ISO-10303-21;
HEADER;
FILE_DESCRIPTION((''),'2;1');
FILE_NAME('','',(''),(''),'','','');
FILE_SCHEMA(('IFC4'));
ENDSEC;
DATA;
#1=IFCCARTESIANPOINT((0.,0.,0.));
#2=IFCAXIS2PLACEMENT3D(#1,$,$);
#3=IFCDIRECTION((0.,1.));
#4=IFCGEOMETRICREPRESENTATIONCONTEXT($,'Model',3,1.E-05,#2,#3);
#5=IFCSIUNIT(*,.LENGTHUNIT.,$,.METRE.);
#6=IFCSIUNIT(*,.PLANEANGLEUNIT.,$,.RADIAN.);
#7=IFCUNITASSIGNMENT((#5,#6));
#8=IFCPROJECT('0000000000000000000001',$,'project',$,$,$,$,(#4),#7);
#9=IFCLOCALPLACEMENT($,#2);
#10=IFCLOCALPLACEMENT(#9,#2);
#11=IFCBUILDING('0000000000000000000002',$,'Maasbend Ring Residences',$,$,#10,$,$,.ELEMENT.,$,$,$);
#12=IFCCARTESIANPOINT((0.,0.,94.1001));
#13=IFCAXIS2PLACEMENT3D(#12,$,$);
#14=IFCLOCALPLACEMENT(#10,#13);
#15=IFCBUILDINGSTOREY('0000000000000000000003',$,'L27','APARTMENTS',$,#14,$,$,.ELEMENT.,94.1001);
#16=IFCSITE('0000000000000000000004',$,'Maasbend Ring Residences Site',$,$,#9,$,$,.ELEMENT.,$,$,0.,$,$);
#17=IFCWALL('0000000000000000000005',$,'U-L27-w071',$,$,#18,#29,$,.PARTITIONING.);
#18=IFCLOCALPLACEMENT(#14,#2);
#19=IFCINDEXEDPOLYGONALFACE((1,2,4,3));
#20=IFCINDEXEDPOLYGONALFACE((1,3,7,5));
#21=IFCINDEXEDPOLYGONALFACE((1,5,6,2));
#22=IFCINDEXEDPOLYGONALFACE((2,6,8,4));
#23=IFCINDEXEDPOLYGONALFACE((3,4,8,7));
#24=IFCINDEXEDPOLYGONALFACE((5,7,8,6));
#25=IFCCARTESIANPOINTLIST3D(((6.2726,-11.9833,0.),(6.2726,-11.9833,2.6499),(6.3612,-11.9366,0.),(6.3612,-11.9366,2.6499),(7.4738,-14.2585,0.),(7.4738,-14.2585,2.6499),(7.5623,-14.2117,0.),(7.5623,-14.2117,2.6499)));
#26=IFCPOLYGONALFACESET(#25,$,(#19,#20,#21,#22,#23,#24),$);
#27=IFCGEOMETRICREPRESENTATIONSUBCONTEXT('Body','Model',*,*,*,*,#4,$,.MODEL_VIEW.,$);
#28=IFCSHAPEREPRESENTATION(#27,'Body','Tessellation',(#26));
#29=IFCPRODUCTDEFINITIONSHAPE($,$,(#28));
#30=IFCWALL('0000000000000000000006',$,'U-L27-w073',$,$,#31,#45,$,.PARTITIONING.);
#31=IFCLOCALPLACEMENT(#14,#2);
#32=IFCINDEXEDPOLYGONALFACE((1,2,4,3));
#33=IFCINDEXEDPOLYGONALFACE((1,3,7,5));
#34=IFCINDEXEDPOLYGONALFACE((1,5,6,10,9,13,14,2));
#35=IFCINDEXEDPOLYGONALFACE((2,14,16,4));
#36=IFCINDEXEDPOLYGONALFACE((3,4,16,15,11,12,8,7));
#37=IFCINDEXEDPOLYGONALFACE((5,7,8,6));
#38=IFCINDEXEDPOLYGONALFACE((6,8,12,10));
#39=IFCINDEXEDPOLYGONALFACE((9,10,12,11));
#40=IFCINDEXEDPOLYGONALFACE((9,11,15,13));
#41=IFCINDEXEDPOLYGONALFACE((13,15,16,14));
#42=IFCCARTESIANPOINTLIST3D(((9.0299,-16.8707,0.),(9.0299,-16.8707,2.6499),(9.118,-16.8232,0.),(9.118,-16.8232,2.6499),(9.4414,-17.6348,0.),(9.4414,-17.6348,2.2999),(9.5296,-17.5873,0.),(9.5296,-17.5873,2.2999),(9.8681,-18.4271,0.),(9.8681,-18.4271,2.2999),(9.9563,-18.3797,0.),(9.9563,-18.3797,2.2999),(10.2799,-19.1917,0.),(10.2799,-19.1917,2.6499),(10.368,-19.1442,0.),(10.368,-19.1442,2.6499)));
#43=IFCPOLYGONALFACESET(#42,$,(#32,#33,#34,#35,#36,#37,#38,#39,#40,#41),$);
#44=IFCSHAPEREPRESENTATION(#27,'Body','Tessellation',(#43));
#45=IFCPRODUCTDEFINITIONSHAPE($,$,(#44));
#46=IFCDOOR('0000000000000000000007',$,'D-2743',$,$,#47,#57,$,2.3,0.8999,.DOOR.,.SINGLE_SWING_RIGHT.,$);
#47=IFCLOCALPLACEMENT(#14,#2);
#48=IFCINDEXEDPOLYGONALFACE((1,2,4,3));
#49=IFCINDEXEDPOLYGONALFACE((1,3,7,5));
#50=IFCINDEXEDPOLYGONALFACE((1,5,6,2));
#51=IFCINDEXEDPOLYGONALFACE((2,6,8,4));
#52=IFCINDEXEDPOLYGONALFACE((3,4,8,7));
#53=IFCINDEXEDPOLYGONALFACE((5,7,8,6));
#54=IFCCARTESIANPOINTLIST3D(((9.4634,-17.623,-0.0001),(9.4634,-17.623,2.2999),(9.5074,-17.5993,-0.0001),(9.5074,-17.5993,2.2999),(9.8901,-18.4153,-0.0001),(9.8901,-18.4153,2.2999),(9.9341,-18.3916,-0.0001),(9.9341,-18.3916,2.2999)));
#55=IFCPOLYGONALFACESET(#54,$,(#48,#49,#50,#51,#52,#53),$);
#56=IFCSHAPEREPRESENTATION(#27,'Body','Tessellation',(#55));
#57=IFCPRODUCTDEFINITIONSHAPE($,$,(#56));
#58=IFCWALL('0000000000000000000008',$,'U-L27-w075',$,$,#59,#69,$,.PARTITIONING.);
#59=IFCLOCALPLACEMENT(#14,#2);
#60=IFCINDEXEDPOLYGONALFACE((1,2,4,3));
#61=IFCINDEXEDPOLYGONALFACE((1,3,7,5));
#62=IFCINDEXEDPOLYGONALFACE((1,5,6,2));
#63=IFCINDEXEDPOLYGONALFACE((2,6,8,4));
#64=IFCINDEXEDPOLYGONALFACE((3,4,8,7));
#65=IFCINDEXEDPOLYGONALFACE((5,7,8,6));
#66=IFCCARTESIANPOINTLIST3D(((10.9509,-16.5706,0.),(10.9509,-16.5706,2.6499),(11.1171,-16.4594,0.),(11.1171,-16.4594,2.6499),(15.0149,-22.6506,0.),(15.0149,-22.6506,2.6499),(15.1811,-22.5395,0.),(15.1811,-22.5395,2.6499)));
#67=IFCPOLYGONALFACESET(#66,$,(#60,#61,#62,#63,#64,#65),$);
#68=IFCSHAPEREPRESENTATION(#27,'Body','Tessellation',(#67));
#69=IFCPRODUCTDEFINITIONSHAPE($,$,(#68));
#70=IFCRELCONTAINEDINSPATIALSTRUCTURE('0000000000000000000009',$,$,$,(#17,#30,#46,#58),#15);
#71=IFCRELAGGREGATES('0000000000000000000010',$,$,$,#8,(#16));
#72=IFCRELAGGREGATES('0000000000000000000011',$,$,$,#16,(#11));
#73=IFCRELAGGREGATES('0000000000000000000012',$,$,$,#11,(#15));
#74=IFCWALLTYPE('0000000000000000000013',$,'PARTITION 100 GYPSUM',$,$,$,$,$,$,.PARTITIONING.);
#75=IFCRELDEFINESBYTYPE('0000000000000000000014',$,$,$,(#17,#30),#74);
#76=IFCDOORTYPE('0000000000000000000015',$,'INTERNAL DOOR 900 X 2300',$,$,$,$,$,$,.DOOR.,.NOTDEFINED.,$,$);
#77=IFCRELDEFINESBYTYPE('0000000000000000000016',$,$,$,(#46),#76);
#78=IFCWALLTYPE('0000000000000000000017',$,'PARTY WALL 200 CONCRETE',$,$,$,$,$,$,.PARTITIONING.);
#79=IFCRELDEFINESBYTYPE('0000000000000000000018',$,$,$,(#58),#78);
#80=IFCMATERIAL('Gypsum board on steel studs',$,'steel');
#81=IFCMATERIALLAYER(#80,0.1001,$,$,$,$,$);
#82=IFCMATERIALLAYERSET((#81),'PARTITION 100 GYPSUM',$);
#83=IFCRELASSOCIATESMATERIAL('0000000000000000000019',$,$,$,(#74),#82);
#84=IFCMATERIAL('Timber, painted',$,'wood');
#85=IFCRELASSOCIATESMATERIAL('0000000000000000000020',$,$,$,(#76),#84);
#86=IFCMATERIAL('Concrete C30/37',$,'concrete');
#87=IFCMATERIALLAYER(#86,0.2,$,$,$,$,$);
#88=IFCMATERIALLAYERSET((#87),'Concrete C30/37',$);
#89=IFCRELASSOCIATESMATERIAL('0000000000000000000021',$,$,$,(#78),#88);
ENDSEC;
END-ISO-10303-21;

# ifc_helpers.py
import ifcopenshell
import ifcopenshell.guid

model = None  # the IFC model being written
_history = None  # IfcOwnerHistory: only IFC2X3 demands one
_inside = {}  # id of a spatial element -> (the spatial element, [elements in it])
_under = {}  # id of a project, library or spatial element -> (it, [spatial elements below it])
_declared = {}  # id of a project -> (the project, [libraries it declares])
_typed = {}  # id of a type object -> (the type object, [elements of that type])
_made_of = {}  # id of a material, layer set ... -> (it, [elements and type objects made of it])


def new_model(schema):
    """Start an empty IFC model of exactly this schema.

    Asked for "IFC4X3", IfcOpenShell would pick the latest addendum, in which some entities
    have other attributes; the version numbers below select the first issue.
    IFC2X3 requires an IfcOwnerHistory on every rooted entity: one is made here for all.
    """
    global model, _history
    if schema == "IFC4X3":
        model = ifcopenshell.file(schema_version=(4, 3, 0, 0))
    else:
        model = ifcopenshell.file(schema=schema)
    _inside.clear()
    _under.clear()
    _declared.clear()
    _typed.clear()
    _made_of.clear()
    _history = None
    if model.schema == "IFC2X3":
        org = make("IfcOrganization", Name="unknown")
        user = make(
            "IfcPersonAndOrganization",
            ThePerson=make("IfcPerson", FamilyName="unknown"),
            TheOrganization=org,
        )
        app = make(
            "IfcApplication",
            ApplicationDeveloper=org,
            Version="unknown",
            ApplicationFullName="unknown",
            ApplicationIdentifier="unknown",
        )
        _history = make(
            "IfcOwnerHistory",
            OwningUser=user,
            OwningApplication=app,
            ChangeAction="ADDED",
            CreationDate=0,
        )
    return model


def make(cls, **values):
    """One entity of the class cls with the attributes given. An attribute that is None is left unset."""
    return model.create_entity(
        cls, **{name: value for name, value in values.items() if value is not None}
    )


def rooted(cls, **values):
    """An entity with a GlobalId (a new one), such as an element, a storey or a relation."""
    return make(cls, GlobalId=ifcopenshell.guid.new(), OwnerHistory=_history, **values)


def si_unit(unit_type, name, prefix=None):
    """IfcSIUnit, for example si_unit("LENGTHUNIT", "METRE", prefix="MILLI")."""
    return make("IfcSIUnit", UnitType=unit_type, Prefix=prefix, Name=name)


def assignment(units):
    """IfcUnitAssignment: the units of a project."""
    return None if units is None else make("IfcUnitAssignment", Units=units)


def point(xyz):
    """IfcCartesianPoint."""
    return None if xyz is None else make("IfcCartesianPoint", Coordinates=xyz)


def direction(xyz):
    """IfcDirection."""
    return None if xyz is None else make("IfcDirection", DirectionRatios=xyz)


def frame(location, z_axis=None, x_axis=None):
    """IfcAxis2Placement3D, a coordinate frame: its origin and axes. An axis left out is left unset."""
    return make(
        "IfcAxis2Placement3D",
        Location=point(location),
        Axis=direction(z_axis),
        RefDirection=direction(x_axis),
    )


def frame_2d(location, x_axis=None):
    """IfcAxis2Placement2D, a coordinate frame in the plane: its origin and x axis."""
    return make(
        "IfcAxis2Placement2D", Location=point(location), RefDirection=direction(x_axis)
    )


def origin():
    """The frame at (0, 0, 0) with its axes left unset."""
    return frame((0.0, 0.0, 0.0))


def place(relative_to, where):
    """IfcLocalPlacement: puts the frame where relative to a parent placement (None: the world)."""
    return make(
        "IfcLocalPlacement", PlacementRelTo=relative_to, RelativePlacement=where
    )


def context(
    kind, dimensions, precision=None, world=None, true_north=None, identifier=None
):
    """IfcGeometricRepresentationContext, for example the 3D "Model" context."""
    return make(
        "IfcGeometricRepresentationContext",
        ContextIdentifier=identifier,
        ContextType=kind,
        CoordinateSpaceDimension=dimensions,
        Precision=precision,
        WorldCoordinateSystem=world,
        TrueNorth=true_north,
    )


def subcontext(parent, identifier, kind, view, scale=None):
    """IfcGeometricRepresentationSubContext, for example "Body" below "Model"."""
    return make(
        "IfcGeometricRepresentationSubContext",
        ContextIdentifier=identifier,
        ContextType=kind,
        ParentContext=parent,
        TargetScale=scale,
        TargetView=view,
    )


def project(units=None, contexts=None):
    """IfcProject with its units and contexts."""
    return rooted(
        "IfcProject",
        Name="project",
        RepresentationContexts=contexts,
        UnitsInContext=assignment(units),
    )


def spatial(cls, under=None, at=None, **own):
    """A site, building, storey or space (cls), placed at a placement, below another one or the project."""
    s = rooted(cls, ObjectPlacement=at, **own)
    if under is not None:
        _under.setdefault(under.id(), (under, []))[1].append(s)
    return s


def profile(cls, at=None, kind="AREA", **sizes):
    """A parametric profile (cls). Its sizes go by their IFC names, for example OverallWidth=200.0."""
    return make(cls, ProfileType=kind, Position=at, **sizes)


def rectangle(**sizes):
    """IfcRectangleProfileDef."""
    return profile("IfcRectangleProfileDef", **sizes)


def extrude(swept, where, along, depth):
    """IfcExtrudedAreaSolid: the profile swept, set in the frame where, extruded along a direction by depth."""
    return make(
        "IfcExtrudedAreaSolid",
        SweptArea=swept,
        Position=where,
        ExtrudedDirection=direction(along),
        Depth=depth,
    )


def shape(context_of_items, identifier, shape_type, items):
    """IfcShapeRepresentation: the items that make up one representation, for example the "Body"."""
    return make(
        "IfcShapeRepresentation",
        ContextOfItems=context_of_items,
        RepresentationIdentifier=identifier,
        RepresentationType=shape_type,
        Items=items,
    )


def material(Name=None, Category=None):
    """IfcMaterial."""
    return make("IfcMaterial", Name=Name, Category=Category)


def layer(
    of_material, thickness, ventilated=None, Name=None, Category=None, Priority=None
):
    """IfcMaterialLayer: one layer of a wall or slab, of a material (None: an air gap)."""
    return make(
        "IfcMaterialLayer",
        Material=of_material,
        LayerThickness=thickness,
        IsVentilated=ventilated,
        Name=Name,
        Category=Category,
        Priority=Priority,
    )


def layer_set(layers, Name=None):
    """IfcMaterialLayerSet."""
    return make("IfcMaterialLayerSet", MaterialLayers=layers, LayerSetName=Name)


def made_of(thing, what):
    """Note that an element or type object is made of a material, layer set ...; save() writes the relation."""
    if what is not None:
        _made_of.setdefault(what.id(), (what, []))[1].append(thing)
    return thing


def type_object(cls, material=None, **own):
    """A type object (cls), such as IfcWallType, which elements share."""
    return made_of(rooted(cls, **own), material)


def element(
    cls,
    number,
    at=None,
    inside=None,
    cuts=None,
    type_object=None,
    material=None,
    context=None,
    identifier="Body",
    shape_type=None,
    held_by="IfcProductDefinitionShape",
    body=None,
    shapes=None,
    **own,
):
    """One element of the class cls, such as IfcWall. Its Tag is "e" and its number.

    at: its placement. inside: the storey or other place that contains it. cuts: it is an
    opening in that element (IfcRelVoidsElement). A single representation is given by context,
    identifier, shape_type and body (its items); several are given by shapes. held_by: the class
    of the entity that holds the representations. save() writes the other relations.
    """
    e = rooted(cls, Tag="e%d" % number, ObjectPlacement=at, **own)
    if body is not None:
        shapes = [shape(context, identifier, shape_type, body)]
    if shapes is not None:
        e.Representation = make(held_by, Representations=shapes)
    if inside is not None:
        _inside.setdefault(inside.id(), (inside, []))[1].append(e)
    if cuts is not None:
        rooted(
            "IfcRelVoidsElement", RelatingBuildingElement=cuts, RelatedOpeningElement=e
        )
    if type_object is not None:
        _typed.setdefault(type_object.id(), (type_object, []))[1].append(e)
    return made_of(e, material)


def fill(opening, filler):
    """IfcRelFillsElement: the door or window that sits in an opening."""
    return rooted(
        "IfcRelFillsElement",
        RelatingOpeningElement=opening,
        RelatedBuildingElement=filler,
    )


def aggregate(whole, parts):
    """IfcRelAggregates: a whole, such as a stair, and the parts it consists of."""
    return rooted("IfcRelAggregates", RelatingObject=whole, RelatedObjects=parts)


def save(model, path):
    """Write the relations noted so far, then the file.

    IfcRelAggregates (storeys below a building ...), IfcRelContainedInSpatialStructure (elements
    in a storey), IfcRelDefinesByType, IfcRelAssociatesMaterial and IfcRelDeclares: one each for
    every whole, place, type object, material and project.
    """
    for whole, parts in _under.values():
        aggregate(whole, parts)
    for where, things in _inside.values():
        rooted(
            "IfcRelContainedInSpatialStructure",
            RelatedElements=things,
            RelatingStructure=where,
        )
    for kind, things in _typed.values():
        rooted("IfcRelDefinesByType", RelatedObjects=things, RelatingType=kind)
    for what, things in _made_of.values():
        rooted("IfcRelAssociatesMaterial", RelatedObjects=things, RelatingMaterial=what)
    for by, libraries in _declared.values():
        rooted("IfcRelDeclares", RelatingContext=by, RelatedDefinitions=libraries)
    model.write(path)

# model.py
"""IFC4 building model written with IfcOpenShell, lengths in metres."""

from ifc_helpers import new_model, si_unit, direction, frame, frame_2d, origin, place, context, subcontext, project, spatial, rectangle, extrude, material, layer, layer_set, type_object, element, fill, save


model = new_model("IFC4")

# Units and contexts
model_context = context("Model", 3, precision=1e-05, world=origin(), true_north=direction((0.0, 1.0)))
body_context = subcontext(model_context, "Body", "Model", "MODEL_VIEW")
ifc_project = project(units=[si_unit("LENGTHUNIT", "METRE"), si_unit("PLANEANGLEUNIT", "RADIAN")], contexts=[model_context])

# Site, building, storey
site_placement = place(None, origin())
site = spatial("IfcSite", under=ifc_project, at=site_placement, Name="Maasbend Ring Residences Site", CompositionType="ELEMENT", RefElevation=0.0)
building_placement = place(site_placement, origin())
building = spatial("IfcBuilding", under=site, at=building_placement, Name="Maasbend Ring Residences", CompositionType="ELEMENT")
storey_placement = place(building_placement, frame((0.0, 0.0, 94.1001)))
storey = spatial("IfcBuildingStorey", under=building, at=storey_placement, Name="L27", Description="APARTMENTS", CompositionType="ELEMENT", Elevation=94.1001)

# Shared definitions
ifc_material_1 = material(Name="Gypsum board on steel studs", Category="steel")
ifc_layer_1 = layer(ifc_material_1, 0.1001)
ifc_layer_set_1 = layer_set([ifc_layer_1], Name="PARTITION 100 GYPSUM")
wall_type_1 = type_object("IfcWallType", Name="PARTITION 100 GYPSUM", PredefinedType="PARTITIONING", material=ifc_layer_set_1)

# Shared definitions
ifc_material_2 = material(Name="Timber, painted", Category="wood")
door_type_1 = type_object("IfcDoorType", Name="INTERNAL DOOR 900 X 2300", OperationType="NOTDEFINED", PredefinedType="DOOR", material=ifc_material_2)

# Wall
wall_1_placement = place(storey_placement, frame((6.3169, -11.96, 0.0), z_axis=(0.0, 0.0, 1.0), x_axis=(0.46688, -0.884321, 0.0)))
element("IfcWall", 1, at=wall_1_placement, inside=storey, type_object=wall_type_1, Name="U-L27-w071", PredefinedType="PARTITIONING", context=body_context, shape_type="SweptSolid", body=[
    extrude(rectangle(XDim=2.5728, YDim=0.1001, at=frame_2d((1.2864, 0.0))), origin(), (0.0, 0.0, 1.0), 2.6499),
])

# Wall, opening, door
wall_2_placement = place(storey_placement, frame((9.074, -16.8469, 0.0), z_axis=(0.0, 0.0, 1.0), x_axis=(0.474161, -0.880438, 0.0)))
wall_2 = element("IfcWall", 2, at=wall_2_placement, inside=storey, type_object=wall_type_1, Name="U-L27-w073", PredefinedType="PARTITIONING", context=body_context, shape_type="SweptSolid", body=[
    extrude(rectangle(XDim=2.6362, YDim=0.1001, at=frame_2d((1.3181, 0.0))), origin(), (0.0, 0.0, 1.0), 2.6499),
])
opening_1_placement = place(wall_2_placement, frame((0.8679, 0.0, 0.0)))
opening_1 = element("IfcOpeningElement", 3, at=opening_1_placement, cuts=wall_2, PredefinedType="OPENING", context=body_context, shape_type="SweptSolid", body=[
    extrude(rectangle(XDim=0.8999, YDim=2.3, at=frame_2d((0.45, 1.1499))), frame((0.0, 0.0601, 0.0), z_axis=(0.0, -1.0, 0.0), x_axis=(1.0, 0.0, 0.0)), (0.0, 0.0, 1.0), 0.1201),
])
door_1_placement = place(opening_1_placement, origin())
door_1 = element("IfcDoor", 4, at=door_1_placement, inside=storey, type_object=door_type_1, Name="D-2743", OperationType="SINGLE_SWING_RIGHT", OverallHeight=2.3, OverallWidth=0.8999, PredefinedType="DOOR", context=body_context, shape_type="SweptSolid", body=[
    extrude(rectangle(XDim=0.8999, YDim=2.3, at=frame_2d((0.45, 1.1499))), frame((0.0, 0.0249, 0.0), z_axis=(0.0, -1.0, 0.0), x_axis=(1.0, 0.0, 0.0)), (0.0, 0.0, 1.0), 0.05),
])
fill(opening_1, door_1)

# Wall
ifc_material_3 = material(Name="Concrete C30/37", Category="concrete")
ifc_layer_2 = layer(ifc_material_3, 0.2)
ifc_layer_set_2 = layer_set([ifc_layer_2], Name="Concrete C30/37")
wall_type_2 = type_object("IfcWallType", Name="PARTY WALL 200 CONCRETE", PredefinedType="PARTITIONING", material=ifc_layer_set_2)
wall_3_placement = place(storey_placement, frame((11.0339, -16.5149, 0.0), z_axis=(0.0, 0.0, 1.0), x_axis=(0.555701, -0.831382, 0.0)))
element("IfcWall", 5, at=wall_3_placement, inside=storey, type_object=wall_type_2, Name="U-L27-w075", PredefinedType="PARTITIONING", context=body_context, shape_type="SweptSolid", body=[
    extrude(rectangle(XDim=7.3132, YDim=0.2, at=frame_2d((3.6567, 0.0))), origin(), (0.0, 0.0, 1.0), 2.6499),
])

save(model, "model.ifc")
